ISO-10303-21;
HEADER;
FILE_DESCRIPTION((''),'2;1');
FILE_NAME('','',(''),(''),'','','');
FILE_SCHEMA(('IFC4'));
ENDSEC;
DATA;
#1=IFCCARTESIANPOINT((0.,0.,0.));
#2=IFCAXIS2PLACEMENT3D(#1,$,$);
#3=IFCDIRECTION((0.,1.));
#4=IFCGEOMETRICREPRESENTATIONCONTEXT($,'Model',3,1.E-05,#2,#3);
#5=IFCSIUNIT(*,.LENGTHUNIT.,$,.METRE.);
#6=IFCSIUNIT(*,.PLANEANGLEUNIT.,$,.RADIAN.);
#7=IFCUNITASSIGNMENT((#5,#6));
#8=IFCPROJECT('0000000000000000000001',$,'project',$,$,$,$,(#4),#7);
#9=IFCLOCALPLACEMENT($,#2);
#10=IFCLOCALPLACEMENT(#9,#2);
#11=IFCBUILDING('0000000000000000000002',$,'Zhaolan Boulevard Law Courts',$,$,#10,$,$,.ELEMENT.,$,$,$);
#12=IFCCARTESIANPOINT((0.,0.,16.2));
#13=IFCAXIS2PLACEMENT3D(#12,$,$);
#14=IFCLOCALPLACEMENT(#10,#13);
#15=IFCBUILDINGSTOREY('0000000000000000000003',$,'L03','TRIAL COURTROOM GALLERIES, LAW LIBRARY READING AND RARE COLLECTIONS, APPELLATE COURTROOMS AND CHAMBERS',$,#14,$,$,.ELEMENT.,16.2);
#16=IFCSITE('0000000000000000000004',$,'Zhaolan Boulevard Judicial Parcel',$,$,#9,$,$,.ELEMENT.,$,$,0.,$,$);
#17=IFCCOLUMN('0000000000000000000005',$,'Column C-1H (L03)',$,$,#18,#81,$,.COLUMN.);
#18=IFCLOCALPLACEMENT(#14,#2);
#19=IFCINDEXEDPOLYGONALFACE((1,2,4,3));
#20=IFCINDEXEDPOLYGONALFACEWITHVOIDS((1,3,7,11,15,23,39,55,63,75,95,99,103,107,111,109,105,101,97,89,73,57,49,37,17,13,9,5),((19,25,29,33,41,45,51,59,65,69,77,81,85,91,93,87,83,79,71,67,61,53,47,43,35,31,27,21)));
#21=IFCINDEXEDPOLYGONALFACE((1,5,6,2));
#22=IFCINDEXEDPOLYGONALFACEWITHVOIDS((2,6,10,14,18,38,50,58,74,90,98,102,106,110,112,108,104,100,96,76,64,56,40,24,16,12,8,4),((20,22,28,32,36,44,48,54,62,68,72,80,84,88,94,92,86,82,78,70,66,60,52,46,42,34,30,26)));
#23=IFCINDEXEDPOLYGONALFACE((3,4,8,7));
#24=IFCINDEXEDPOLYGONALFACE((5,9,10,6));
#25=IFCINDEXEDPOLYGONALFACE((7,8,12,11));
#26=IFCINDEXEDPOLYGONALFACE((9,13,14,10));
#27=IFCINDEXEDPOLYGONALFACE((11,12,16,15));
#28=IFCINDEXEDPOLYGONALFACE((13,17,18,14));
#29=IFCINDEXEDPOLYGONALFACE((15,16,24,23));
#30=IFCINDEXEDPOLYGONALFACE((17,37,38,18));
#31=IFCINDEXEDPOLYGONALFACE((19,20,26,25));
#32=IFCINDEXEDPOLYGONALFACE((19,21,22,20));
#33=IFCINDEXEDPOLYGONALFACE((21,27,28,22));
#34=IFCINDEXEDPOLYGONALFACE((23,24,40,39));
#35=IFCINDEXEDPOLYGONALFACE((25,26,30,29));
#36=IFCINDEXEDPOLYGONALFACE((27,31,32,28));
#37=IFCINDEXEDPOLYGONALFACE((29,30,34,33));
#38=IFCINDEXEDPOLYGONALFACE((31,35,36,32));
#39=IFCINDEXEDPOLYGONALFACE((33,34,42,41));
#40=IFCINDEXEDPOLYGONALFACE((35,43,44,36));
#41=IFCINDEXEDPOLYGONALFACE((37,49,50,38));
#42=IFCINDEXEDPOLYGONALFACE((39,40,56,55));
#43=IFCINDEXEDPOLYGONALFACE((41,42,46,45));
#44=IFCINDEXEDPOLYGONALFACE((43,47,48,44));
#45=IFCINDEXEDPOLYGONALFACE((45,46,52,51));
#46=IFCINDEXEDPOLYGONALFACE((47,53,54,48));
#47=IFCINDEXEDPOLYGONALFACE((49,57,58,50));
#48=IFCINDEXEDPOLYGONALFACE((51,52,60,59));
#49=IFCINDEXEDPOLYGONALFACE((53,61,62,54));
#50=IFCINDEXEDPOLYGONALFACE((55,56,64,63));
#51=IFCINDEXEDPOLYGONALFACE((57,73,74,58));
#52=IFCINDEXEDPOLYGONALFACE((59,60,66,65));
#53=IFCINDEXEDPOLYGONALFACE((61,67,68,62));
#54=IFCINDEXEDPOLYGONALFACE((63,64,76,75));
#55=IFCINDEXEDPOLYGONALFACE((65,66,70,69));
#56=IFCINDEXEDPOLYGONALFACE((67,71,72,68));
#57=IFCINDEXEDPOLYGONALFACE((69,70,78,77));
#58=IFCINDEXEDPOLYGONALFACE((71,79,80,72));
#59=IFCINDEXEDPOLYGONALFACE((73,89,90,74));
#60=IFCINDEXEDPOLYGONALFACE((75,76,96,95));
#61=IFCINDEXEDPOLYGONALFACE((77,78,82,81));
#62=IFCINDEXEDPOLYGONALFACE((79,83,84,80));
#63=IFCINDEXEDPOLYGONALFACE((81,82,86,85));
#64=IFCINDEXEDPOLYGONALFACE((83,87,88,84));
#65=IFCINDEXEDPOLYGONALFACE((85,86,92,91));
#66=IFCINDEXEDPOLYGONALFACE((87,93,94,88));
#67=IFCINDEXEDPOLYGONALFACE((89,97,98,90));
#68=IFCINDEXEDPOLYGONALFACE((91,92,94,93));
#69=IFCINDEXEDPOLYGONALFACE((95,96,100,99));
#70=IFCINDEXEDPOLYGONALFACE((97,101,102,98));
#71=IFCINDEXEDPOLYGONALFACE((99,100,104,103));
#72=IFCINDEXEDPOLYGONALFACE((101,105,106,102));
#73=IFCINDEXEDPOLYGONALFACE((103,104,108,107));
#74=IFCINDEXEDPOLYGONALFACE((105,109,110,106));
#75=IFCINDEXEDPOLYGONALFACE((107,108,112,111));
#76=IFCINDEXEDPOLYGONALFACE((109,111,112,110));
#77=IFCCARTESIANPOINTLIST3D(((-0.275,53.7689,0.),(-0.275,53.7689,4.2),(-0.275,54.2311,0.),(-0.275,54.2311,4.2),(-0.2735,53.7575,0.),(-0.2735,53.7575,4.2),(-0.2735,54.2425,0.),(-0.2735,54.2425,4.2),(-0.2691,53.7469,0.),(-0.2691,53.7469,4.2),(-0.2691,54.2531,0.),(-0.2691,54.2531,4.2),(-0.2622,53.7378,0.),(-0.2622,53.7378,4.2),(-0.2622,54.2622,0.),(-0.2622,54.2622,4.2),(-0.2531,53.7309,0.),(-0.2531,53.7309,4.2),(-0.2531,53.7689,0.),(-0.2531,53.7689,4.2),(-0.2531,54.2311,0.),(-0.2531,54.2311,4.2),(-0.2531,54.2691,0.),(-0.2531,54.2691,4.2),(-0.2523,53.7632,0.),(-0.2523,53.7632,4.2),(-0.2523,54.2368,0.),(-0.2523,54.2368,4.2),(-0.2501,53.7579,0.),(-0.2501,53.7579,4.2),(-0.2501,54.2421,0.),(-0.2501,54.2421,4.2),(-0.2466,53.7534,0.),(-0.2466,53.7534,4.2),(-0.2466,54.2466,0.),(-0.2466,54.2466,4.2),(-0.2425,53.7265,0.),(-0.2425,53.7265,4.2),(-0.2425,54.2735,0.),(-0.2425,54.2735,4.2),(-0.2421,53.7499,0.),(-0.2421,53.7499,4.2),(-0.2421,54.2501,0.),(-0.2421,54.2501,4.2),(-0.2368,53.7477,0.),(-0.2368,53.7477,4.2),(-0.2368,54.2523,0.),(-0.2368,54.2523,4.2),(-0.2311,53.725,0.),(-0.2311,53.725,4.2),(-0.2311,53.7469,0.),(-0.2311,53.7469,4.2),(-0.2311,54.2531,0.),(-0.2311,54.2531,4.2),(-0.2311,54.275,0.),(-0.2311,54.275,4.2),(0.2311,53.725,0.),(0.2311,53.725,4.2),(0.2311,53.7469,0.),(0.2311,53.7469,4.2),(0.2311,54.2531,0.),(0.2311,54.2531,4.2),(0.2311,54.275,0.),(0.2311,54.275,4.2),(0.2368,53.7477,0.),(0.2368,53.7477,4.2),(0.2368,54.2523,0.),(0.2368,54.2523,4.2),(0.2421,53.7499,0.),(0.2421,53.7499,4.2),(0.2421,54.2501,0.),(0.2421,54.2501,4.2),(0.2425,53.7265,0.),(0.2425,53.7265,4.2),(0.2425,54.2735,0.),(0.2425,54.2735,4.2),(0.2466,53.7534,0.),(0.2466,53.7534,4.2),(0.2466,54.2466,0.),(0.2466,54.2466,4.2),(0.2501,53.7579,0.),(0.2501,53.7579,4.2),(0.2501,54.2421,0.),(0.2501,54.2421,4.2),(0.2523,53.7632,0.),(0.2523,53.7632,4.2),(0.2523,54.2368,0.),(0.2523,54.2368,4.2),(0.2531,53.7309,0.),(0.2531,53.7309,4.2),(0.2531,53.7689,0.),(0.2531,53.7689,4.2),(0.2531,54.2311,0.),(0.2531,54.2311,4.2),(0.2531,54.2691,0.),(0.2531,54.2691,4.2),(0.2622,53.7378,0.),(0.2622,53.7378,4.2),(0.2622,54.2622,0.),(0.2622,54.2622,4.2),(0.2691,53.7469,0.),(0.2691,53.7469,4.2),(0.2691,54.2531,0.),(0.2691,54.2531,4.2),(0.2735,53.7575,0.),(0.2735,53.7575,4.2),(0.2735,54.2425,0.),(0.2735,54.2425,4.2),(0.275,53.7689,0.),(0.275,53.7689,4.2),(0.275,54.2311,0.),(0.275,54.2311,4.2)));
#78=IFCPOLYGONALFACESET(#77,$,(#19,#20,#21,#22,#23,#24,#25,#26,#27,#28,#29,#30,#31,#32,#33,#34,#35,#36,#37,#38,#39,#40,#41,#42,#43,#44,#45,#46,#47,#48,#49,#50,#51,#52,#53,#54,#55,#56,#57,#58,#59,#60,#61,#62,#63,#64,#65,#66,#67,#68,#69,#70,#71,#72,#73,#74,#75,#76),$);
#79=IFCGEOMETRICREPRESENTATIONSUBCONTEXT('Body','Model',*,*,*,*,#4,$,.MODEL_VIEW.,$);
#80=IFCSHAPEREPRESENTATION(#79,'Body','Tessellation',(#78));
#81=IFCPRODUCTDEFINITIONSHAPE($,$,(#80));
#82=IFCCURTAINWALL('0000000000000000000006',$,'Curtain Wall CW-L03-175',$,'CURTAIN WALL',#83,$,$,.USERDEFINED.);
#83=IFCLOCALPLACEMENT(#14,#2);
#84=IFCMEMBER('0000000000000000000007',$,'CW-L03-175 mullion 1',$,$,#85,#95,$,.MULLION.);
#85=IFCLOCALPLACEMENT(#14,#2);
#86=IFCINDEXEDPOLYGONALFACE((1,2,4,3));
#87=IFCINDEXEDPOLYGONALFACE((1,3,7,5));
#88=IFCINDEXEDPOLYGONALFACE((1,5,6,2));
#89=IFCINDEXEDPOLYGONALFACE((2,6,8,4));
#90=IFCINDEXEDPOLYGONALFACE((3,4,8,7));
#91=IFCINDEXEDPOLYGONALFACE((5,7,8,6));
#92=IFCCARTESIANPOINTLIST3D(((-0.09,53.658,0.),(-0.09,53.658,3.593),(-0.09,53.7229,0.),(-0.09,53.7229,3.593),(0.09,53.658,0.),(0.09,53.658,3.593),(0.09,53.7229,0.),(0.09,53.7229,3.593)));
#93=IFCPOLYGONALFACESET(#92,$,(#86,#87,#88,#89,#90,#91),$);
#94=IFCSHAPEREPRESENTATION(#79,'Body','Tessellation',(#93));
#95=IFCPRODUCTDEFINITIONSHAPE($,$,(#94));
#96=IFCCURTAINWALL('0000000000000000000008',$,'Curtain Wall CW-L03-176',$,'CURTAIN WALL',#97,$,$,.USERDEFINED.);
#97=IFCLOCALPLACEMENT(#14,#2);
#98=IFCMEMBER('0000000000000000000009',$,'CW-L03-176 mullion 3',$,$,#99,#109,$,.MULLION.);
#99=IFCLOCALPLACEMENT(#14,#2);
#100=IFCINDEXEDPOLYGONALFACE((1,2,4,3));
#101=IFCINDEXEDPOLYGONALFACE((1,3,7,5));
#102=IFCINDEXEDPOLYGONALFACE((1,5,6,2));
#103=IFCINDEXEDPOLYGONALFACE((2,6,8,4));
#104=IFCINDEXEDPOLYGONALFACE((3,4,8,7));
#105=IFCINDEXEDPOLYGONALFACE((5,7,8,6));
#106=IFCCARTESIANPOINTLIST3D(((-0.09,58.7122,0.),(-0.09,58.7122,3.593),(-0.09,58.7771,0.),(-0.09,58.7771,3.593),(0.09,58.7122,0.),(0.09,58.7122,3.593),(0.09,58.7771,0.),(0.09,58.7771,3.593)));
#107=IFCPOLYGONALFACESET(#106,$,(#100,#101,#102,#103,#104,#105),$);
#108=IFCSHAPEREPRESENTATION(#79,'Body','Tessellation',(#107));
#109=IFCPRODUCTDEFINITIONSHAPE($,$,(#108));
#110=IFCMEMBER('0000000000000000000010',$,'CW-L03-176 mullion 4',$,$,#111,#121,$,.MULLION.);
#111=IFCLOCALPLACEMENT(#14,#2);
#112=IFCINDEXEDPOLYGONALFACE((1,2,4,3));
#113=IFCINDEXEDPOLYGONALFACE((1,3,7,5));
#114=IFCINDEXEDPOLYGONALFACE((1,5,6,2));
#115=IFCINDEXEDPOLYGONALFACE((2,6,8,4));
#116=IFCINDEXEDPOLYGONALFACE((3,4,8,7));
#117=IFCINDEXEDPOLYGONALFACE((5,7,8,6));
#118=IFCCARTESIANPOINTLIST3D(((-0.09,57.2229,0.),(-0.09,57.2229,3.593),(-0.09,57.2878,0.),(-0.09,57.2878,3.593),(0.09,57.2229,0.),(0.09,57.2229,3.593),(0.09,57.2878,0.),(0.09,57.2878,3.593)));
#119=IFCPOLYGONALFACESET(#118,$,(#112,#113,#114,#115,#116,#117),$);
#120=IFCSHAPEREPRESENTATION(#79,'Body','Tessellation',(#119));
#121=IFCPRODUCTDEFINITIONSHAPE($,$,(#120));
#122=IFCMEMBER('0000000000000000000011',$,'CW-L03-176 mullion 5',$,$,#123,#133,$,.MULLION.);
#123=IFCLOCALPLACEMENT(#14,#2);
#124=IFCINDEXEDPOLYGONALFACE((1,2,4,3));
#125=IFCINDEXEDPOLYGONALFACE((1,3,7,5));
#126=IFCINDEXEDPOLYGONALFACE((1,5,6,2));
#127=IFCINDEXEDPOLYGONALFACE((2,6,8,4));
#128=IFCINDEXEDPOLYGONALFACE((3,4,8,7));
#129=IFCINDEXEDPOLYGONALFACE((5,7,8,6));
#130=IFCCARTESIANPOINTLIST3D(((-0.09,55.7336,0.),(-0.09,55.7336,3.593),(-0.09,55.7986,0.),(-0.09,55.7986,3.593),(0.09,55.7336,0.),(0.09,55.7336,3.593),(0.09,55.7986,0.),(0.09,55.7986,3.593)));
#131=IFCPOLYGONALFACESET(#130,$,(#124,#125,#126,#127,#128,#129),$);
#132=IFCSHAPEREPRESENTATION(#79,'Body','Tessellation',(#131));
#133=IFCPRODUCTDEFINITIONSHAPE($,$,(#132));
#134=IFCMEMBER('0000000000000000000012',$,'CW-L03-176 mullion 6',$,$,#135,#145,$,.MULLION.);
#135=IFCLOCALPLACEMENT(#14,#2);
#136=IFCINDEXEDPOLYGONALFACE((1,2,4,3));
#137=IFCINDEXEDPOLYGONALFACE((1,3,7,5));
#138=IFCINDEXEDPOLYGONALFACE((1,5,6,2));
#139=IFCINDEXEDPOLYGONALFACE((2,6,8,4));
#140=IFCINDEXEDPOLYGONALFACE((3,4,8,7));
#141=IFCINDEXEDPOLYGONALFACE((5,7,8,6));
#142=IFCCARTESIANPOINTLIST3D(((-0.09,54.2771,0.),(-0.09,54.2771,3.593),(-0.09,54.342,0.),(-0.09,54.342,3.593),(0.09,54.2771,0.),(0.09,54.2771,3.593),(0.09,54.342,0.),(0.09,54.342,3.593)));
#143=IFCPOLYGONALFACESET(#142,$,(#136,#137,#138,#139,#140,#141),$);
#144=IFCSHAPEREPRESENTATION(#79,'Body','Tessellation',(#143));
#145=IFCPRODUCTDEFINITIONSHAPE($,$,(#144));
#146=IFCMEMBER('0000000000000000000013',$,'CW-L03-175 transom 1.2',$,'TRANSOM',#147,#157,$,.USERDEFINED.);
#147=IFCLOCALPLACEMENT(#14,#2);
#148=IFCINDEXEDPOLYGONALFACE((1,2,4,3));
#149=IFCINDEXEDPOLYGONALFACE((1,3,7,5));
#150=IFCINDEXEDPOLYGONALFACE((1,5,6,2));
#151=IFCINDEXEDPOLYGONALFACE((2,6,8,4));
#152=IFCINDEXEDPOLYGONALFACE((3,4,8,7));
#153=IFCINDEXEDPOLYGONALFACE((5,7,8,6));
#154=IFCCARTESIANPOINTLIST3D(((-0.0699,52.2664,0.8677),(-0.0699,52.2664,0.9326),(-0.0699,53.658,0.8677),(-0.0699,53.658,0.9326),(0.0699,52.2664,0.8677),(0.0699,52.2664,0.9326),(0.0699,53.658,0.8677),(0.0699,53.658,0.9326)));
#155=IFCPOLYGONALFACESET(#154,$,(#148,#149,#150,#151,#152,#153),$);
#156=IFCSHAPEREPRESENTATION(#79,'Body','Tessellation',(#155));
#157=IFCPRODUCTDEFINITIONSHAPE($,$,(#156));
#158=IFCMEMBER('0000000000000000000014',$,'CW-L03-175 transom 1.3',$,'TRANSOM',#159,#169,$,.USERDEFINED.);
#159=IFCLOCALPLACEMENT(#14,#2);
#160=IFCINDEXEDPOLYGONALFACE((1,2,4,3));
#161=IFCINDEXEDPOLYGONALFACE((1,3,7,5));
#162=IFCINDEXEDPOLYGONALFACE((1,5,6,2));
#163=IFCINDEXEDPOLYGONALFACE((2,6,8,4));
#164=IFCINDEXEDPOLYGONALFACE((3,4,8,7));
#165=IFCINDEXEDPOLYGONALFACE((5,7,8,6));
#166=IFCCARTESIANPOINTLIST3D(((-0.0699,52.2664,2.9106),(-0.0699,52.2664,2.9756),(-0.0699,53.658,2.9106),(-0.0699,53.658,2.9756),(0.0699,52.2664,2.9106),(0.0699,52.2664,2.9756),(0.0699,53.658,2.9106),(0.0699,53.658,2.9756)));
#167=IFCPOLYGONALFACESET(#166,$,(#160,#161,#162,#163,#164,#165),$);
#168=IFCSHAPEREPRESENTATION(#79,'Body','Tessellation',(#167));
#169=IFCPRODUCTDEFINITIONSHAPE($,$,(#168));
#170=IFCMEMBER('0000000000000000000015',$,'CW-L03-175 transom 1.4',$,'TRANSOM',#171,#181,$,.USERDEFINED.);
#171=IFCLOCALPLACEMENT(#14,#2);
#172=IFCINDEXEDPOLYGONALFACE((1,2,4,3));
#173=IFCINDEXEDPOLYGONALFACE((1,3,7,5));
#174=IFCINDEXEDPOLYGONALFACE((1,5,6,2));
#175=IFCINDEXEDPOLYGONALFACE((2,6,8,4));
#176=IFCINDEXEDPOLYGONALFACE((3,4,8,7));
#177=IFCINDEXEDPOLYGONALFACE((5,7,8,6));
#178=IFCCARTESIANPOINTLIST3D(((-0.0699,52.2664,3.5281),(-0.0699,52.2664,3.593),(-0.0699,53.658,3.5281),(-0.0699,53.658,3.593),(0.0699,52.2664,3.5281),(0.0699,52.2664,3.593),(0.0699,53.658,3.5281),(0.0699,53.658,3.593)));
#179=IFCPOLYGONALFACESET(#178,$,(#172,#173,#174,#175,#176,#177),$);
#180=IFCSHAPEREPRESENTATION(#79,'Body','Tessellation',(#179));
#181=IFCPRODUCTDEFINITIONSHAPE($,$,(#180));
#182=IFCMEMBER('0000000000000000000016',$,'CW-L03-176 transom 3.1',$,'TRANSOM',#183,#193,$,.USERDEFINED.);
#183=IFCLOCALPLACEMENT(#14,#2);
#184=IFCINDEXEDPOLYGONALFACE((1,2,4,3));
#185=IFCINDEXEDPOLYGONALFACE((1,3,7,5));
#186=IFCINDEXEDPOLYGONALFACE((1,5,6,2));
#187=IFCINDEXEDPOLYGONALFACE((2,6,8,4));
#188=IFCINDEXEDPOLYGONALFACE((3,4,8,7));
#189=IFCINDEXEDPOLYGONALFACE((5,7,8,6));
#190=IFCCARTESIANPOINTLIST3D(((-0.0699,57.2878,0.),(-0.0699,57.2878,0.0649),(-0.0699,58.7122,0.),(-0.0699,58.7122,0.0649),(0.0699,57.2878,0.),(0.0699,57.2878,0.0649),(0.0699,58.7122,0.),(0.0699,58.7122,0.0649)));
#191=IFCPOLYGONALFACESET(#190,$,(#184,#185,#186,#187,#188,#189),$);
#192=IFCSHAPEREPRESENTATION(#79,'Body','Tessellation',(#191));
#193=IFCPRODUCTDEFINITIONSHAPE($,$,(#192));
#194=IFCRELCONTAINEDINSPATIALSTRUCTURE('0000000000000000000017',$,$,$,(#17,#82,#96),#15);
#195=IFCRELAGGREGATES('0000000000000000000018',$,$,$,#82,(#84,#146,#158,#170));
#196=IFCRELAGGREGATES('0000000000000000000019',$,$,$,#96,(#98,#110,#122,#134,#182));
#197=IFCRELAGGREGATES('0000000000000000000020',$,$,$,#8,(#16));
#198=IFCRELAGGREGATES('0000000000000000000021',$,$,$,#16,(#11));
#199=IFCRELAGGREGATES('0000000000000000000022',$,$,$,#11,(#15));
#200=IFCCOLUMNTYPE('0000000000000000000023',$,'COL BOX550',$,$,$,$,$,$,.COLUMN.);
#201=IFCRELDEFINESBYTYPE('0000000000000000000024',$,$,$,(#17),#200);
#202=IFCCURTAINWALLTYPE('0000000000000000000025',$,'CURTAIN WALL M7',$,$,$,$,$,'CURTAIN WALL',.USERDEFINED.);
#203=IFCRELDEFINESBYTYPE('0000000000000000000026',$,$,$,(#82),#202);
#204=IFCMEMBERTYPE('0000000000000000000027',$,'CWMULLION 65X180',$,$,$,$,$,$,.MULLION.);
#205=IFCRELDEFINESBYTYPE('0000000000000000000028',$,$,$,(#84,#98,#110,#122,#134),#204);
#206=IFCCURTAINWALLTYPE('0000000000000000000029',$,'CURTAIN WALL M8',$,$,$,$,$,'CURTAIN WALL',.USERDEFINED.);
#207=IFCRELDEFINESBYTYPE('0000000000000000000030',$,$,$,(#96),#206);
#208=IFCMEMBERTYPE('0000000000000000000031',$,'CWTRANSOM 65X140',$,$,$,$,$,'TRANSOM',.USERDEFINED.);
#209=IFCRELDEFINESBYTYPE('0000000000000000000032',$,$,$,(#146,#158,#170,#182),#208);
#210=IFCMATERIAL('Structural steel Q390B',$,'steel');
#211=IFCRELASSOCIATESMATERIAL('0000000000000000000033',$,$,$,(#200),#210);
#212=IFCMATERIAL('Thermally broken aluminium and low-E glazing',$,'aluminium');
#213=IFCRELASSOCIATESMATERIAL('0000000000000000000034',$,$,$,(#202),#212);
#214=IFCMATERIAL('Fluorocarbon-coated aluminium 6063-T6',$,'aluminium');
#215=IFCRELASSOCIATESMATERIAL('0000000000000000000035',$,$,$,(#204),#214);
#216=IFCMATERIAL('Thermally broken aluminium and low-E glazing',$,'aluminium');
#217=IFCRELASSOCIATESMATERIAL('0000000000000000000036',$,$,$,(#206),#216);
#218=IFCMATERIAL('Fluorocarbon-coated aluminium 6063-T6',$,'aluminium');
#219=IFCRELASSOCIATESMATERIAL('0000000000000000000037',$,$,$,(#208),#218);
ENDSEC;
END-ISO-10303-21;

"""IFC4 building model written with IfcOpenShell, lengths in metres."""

from ifc_helpers import new_model, si_unit, direction, frame, origin, origin_2d, place, context, subcontext, project, spatial, rectangle, hollow_rectangle, extrude, material, material_profile, profile_set, type_object, element, aggregate, save


model = new_model("IFC4")

# Units and contexts
model_context = context("Model", 3, precision=1e-05, world=origin(), true_north=direction((0.0, 1.0)))
body_context = subcontext(model_context, "Body", "Model", "MODEL_VIEW")
ifc_project = project(units=[si_unit("LENGTHUNIT", "METRE"), si_unit("PLANEANGLEUNIT", "RADIAN")], contexts=[model_context])

# Site, building, storey
site_placement = place(None, origin())
site = spatial("IfcSite", under=ifc_project, at=site_placement, Name="Zhaolan Boulevard Judicial Parcel", CompositionType="ELEMENT", RefElevation=0.0)
building_placement = place(site_placement, origin())
building = spatial("IfcBuilding", under=site, at=building_placement, Name="Zhaolan Boulevard Law Courts", CompositionType="ELEMENT")
storey_placement = place(building_placement, frame((0.0, 0.0, 16.2)))
storey = spatial("IfcBuildingStorey", under=building, at=storey_placement, Name="L03", Description="TRIAL COURTROOM GALLERIES, LAW LIBRARY READING AND RARE COLLECTIONS, APPELLATE COURTROOMS AND CHAMBERS", CompositionType="ELEMENT", Elevation=16.2)

# Column
ifc_material_1 = material(Name="Structural steel Q390B", Category="steel")
ifc_material_profile_1 = material_profile(ifc_material_1, hollow_rectangle(XDim=0.55, YDim=0.55, WallThickness=0.022, InnerFilletRadius=0.022, OuterFilletRadius=0.0439, at=origin_2d()), Name="BOX550x550x22")
ifc_profile_set_1 = profile_set([ifc_material_profile_1], Name="Structural steel Q390B")
column_type = type_object("IfcColumnType", Name="COL BOX550", PredefinedType="COLUMN", material=ifc_profile_set_1)
column_placement = place(storey_placement, frame((0.0, 54.0, 0.0), z_axis=(0.0, 0.0, 1.0), x_axis=(1.0, 0.0, 0.0)))
element("IfcColumn", 1, at=column_placement, inside=storey, type_object=column_type, Name="Column C-1H (L03)", PredefinedType="COLUMN", context=body_context, shape_type="SweptSolid", body=[
    extrude(hollow_rectangle(XDim=0.55, YDim=0.55, WallThickness=0.022, InnerFilletRadius=0.022, OuterFilletRadius=0.0439, at=origin_2d()), origin(), (0.0, 0.0, 1.0), 4.2),
])

# Curtain wall, member
ifc_material_2 = material(Name="Thermally broken aluminium and low-E glazing", Category="aluminium")
curtain_wall_type_1 = type_object("IfcCurtainWallType", Name="CURTAIN WALL M7", ElementType="CURTAIN WALL", PredefinedType="USERDEFINED", material=ifc_material_2)
curtain_wall_1_placement = place(storey_placement, origin())
curtain_wall_1 = element("IfcCurtainWall", 2, at=curtain_wall_1_placement, inside=storey, type_object=curtain_wall_type_1, Name="Curtain Wall CW-L03-175", ObjectType="CURTAIN WALL", PredefinedType="USERDEFINED")
ifc_material_3 = material(Name="Fluorocarbon-coated aluminium 6063-T6", Category="aluminium")
ifc_material_profile_2 = material_profile(ifc_material_3, rectangle(XDim=0.1799, YDim=0.0649, at=origin_2d()), Name="AL65x180")
ifc_profile_set_2 = profile_set([ifc_material_profile_2], Name="Fluorocarbon-coated aluminium 6063-T6")
member_type_1 = type_object("IfcMemberType", Name="CWMULLION 65X180", PredefinedType="MULLION", material=ifc_profile_set_2)
member_1_placement = place(storey_placement, frame((0.0, 53.6904, 0.0), z_axis=(0.0, 0.0, 1.0), x_axis=(1.0, 0.0, 0.0)))
member_1 = element("IfcMember", 3, at=member_1_placement, type_object=member_type_1, Name="CW-L03-175 mullion 1", PredefinedType="MULLION", context=body_context, shape_type="SweptSolid", body=[
    extrude(rectangle(XDim=0.1799, YDim=0.0649, at=origin_2d()), origin(), (0.0, 0.0, 1.0), 3.593),
])

# Curtain wall, members
ifc_material_4 = material(Name="Thermally broken aluminium and low-E glazing", Category="aluminium")
curtain_wall_type_2 = type_object("IfcCurtainWallType", Name="CURTAIN WALL M8", ElementType="CURTAIN WALL", PredefinedType="USERDEFINED", material=ifc_material_4)
curtain_wall_2_placement = place(storey_placement, origin())
curtain_wall_2 = element("IfcCurtainWall", 4, at=curtain_wall_2_placement, inside=storey, type_object=curtain_wall_type_2, Name="Curtain Wall CW-L03-176", ObjectType="CURTAIN WALL", PredefinedType="USERDEFINED")
member_2_placement = place(storey_placement, frame((0.0, 58.7446, 0.0), z_axis=(0.0, 0.0, 1.0), x_axis=(1.0, 0.0, 0.0)))
member_2 = element("IfcMember", 5, at=member_2_placement, type_object=member_type_1, Name="CW-L03-176 mullion 3", PredefinedType="MULLION", context=body_context, shape_type="SweptSolid", body=[
    extrude(rectangle(XDim=0.1799, YDim=0.0649, at=origin_2d()), origin(), (0.0, 0.0, 1.0), 3.593),
])
member_3_placement = place(storey_placement, frame((0.0, 57.2554, 0.0), z_axis=(0.0, 0.0, 1.0), x_axis=(1.0, 0.0, 0.0)))
member_3 = element("IfcMember", 6, at=member_3_placement, type_object=member_type_1, Name="CW-L03-176 mullion 4", PredefinedType="MULLION", context=body_context, shape_type="SweptSolid", body=[
    extrude(rectangle(XDim=0.1799, YDim=0.0649, at=origin_2d()), origin(), (0.0, 0.0, 1.0), 3.593),
])
member_4_placement = place(storey_placement, frame((0.0, 55.7661, 0.0), z_axis=(0.0, 0.0, 1.0), x_axis=(1.0, 0.0, 0.0)))
member_4 = element("IfcMember", 7, at=member_4_placement, type_object=member_type_1, Name="CW-L03-176 mullion 5", PredefinedType="MULLION", context=body_context, shape_type="SweptSolid", body=[
    extrude(rectangle(XDim=0.1799, YDim=0.0649, at=origin_2d()), origin(), (0.0, 0.0, 1.0), 3.593),
])
member_5_placement = place(storey_placement, frame((0.0, 54.3096, 0.0), z_axis=(0.0, 0.0, 1.0), x_axis=(1.0, 0.0, 0.0)))
member_5 = element("IfcMember", 8, at=member_5_placement, type_object=member_type_1, Name="CW-L03-176 mullion 6", PredefinedType="MULLION", context=body_context, shape_type="SweptSolid", body=[
    extrude(rectangle(XDim=0.1799, YDim=0.0649, at=origin_2d()), origin(), (0.0, 0.0, 1.0), 3.593),
])

# Members
ifc_material_5 = material(Name="Fluorocarbon-coated aluminium 6063-T6", Category="aluminium")
ifc_material_profile_3 = material_profile(ifc_material_5, rectangle(XDim=0.1399, YDim=0.0649, at=origin_2d()), Name="AL65x140")
ifc_profile_set_3 = profile_set([ifc_material_profile_3], Name="Fluorocarbon-coated aluminium 6063-T6")
member_type_2 = type_object("IfcMemberType", Name="CWTRANSOM 65X140", ElementType="TRANSOM", PredefinedType="USERDEFINED", material=ifc_profile_set_3)
member_6_placement = place(storey_placement, frame((0.0, 53.658, 0.9001), z_axis=(0.0, -1.0, 0.0), x_axis=(1.0, 0.0, 0.0)))
member_6 = element("IfcMember", 9, at=member_6_placement, type_object=member_type_2, Name="CW-L03-175 transom 1.2", ObjectType="TRANSOM", PredefinedType="USERDEFINED", context=body_context, shape_type="SweptSolid", body=[
    extrude(rectangle(XDim=0.1399, YDim=0.0649, at=origin_2d()), origin(), (0.0, 0.0, 1.0), 1.3916),
])
member_7_placement = place(storey_placement, frame((0.0, 53.658, 2.9431), z_axis=(0.0, -1.0, 0.0), x_axis=(1.0, 0.0, 0.0)))
member_7 = element("IfcMember", 10, at=member_7_placement, type_object=member_type_2, Name="CW-L03-175 transom 1.3", ObjectType="TRANSOM", PredefinedType="USERDEFINED", context=body_context, shape_type="SweptSolid", body=[
    extrude(rectangle(XDim=0.1399, YDim=0.0649, at=origin_2d()), origin(), (0.0, 0.0, 1.0), 1.3916),
])
member_8_placement = place(storey_placement, frame((0.0, 53.658, 3.5605), z_axis=(0.0, -1.0, 0.0), x_axis=(1.0, 0.0, 0.0)))
member_8 = element("IfcMember", 11, at=member_8_placement, type_object=member_type_2, Name="CW-L03-175 transom 1.4", ObjectType="TRANSOM", PredefinedType="USERDEFINED", context=body_context, shape_type="SweptSolid", body=[
    extrude(rectangle(XDim=0.1399, YDim=0.0649, at=origin_2d()), origin(), (0.0, 0.0, 1.0), 1.3916),
])
aggregate(curtain_wall_1, [member_1, member_6, member_7, member_8])
member_9_placement = place(storey_placement, frame((0.0, 58.7122, 0.0325), z_axis=(0.0, -1.0, 0.0), x_axis=(1.0, 0.0, 0.0)))
member_9 = element("IfcMember", 12, at=member_9_placement, type_object=member_type_2, Name="CW-L03-176 transom 3.1", ObjectType="TRANSOM", PredefinedType="USERDEFINED", context=body_context, shape_type="SweptSolid", body=[
    extrude(rectangle(XDim=0.1399, YDim=0.0649, at=origin_2d()), origin(), (0.0, 0.0, 1.0), 1.4243),
])

aggregate(curtain_wall_2, [member_2, member_3, member_4, member_5, member_9])

save(model, "model.ifc")
